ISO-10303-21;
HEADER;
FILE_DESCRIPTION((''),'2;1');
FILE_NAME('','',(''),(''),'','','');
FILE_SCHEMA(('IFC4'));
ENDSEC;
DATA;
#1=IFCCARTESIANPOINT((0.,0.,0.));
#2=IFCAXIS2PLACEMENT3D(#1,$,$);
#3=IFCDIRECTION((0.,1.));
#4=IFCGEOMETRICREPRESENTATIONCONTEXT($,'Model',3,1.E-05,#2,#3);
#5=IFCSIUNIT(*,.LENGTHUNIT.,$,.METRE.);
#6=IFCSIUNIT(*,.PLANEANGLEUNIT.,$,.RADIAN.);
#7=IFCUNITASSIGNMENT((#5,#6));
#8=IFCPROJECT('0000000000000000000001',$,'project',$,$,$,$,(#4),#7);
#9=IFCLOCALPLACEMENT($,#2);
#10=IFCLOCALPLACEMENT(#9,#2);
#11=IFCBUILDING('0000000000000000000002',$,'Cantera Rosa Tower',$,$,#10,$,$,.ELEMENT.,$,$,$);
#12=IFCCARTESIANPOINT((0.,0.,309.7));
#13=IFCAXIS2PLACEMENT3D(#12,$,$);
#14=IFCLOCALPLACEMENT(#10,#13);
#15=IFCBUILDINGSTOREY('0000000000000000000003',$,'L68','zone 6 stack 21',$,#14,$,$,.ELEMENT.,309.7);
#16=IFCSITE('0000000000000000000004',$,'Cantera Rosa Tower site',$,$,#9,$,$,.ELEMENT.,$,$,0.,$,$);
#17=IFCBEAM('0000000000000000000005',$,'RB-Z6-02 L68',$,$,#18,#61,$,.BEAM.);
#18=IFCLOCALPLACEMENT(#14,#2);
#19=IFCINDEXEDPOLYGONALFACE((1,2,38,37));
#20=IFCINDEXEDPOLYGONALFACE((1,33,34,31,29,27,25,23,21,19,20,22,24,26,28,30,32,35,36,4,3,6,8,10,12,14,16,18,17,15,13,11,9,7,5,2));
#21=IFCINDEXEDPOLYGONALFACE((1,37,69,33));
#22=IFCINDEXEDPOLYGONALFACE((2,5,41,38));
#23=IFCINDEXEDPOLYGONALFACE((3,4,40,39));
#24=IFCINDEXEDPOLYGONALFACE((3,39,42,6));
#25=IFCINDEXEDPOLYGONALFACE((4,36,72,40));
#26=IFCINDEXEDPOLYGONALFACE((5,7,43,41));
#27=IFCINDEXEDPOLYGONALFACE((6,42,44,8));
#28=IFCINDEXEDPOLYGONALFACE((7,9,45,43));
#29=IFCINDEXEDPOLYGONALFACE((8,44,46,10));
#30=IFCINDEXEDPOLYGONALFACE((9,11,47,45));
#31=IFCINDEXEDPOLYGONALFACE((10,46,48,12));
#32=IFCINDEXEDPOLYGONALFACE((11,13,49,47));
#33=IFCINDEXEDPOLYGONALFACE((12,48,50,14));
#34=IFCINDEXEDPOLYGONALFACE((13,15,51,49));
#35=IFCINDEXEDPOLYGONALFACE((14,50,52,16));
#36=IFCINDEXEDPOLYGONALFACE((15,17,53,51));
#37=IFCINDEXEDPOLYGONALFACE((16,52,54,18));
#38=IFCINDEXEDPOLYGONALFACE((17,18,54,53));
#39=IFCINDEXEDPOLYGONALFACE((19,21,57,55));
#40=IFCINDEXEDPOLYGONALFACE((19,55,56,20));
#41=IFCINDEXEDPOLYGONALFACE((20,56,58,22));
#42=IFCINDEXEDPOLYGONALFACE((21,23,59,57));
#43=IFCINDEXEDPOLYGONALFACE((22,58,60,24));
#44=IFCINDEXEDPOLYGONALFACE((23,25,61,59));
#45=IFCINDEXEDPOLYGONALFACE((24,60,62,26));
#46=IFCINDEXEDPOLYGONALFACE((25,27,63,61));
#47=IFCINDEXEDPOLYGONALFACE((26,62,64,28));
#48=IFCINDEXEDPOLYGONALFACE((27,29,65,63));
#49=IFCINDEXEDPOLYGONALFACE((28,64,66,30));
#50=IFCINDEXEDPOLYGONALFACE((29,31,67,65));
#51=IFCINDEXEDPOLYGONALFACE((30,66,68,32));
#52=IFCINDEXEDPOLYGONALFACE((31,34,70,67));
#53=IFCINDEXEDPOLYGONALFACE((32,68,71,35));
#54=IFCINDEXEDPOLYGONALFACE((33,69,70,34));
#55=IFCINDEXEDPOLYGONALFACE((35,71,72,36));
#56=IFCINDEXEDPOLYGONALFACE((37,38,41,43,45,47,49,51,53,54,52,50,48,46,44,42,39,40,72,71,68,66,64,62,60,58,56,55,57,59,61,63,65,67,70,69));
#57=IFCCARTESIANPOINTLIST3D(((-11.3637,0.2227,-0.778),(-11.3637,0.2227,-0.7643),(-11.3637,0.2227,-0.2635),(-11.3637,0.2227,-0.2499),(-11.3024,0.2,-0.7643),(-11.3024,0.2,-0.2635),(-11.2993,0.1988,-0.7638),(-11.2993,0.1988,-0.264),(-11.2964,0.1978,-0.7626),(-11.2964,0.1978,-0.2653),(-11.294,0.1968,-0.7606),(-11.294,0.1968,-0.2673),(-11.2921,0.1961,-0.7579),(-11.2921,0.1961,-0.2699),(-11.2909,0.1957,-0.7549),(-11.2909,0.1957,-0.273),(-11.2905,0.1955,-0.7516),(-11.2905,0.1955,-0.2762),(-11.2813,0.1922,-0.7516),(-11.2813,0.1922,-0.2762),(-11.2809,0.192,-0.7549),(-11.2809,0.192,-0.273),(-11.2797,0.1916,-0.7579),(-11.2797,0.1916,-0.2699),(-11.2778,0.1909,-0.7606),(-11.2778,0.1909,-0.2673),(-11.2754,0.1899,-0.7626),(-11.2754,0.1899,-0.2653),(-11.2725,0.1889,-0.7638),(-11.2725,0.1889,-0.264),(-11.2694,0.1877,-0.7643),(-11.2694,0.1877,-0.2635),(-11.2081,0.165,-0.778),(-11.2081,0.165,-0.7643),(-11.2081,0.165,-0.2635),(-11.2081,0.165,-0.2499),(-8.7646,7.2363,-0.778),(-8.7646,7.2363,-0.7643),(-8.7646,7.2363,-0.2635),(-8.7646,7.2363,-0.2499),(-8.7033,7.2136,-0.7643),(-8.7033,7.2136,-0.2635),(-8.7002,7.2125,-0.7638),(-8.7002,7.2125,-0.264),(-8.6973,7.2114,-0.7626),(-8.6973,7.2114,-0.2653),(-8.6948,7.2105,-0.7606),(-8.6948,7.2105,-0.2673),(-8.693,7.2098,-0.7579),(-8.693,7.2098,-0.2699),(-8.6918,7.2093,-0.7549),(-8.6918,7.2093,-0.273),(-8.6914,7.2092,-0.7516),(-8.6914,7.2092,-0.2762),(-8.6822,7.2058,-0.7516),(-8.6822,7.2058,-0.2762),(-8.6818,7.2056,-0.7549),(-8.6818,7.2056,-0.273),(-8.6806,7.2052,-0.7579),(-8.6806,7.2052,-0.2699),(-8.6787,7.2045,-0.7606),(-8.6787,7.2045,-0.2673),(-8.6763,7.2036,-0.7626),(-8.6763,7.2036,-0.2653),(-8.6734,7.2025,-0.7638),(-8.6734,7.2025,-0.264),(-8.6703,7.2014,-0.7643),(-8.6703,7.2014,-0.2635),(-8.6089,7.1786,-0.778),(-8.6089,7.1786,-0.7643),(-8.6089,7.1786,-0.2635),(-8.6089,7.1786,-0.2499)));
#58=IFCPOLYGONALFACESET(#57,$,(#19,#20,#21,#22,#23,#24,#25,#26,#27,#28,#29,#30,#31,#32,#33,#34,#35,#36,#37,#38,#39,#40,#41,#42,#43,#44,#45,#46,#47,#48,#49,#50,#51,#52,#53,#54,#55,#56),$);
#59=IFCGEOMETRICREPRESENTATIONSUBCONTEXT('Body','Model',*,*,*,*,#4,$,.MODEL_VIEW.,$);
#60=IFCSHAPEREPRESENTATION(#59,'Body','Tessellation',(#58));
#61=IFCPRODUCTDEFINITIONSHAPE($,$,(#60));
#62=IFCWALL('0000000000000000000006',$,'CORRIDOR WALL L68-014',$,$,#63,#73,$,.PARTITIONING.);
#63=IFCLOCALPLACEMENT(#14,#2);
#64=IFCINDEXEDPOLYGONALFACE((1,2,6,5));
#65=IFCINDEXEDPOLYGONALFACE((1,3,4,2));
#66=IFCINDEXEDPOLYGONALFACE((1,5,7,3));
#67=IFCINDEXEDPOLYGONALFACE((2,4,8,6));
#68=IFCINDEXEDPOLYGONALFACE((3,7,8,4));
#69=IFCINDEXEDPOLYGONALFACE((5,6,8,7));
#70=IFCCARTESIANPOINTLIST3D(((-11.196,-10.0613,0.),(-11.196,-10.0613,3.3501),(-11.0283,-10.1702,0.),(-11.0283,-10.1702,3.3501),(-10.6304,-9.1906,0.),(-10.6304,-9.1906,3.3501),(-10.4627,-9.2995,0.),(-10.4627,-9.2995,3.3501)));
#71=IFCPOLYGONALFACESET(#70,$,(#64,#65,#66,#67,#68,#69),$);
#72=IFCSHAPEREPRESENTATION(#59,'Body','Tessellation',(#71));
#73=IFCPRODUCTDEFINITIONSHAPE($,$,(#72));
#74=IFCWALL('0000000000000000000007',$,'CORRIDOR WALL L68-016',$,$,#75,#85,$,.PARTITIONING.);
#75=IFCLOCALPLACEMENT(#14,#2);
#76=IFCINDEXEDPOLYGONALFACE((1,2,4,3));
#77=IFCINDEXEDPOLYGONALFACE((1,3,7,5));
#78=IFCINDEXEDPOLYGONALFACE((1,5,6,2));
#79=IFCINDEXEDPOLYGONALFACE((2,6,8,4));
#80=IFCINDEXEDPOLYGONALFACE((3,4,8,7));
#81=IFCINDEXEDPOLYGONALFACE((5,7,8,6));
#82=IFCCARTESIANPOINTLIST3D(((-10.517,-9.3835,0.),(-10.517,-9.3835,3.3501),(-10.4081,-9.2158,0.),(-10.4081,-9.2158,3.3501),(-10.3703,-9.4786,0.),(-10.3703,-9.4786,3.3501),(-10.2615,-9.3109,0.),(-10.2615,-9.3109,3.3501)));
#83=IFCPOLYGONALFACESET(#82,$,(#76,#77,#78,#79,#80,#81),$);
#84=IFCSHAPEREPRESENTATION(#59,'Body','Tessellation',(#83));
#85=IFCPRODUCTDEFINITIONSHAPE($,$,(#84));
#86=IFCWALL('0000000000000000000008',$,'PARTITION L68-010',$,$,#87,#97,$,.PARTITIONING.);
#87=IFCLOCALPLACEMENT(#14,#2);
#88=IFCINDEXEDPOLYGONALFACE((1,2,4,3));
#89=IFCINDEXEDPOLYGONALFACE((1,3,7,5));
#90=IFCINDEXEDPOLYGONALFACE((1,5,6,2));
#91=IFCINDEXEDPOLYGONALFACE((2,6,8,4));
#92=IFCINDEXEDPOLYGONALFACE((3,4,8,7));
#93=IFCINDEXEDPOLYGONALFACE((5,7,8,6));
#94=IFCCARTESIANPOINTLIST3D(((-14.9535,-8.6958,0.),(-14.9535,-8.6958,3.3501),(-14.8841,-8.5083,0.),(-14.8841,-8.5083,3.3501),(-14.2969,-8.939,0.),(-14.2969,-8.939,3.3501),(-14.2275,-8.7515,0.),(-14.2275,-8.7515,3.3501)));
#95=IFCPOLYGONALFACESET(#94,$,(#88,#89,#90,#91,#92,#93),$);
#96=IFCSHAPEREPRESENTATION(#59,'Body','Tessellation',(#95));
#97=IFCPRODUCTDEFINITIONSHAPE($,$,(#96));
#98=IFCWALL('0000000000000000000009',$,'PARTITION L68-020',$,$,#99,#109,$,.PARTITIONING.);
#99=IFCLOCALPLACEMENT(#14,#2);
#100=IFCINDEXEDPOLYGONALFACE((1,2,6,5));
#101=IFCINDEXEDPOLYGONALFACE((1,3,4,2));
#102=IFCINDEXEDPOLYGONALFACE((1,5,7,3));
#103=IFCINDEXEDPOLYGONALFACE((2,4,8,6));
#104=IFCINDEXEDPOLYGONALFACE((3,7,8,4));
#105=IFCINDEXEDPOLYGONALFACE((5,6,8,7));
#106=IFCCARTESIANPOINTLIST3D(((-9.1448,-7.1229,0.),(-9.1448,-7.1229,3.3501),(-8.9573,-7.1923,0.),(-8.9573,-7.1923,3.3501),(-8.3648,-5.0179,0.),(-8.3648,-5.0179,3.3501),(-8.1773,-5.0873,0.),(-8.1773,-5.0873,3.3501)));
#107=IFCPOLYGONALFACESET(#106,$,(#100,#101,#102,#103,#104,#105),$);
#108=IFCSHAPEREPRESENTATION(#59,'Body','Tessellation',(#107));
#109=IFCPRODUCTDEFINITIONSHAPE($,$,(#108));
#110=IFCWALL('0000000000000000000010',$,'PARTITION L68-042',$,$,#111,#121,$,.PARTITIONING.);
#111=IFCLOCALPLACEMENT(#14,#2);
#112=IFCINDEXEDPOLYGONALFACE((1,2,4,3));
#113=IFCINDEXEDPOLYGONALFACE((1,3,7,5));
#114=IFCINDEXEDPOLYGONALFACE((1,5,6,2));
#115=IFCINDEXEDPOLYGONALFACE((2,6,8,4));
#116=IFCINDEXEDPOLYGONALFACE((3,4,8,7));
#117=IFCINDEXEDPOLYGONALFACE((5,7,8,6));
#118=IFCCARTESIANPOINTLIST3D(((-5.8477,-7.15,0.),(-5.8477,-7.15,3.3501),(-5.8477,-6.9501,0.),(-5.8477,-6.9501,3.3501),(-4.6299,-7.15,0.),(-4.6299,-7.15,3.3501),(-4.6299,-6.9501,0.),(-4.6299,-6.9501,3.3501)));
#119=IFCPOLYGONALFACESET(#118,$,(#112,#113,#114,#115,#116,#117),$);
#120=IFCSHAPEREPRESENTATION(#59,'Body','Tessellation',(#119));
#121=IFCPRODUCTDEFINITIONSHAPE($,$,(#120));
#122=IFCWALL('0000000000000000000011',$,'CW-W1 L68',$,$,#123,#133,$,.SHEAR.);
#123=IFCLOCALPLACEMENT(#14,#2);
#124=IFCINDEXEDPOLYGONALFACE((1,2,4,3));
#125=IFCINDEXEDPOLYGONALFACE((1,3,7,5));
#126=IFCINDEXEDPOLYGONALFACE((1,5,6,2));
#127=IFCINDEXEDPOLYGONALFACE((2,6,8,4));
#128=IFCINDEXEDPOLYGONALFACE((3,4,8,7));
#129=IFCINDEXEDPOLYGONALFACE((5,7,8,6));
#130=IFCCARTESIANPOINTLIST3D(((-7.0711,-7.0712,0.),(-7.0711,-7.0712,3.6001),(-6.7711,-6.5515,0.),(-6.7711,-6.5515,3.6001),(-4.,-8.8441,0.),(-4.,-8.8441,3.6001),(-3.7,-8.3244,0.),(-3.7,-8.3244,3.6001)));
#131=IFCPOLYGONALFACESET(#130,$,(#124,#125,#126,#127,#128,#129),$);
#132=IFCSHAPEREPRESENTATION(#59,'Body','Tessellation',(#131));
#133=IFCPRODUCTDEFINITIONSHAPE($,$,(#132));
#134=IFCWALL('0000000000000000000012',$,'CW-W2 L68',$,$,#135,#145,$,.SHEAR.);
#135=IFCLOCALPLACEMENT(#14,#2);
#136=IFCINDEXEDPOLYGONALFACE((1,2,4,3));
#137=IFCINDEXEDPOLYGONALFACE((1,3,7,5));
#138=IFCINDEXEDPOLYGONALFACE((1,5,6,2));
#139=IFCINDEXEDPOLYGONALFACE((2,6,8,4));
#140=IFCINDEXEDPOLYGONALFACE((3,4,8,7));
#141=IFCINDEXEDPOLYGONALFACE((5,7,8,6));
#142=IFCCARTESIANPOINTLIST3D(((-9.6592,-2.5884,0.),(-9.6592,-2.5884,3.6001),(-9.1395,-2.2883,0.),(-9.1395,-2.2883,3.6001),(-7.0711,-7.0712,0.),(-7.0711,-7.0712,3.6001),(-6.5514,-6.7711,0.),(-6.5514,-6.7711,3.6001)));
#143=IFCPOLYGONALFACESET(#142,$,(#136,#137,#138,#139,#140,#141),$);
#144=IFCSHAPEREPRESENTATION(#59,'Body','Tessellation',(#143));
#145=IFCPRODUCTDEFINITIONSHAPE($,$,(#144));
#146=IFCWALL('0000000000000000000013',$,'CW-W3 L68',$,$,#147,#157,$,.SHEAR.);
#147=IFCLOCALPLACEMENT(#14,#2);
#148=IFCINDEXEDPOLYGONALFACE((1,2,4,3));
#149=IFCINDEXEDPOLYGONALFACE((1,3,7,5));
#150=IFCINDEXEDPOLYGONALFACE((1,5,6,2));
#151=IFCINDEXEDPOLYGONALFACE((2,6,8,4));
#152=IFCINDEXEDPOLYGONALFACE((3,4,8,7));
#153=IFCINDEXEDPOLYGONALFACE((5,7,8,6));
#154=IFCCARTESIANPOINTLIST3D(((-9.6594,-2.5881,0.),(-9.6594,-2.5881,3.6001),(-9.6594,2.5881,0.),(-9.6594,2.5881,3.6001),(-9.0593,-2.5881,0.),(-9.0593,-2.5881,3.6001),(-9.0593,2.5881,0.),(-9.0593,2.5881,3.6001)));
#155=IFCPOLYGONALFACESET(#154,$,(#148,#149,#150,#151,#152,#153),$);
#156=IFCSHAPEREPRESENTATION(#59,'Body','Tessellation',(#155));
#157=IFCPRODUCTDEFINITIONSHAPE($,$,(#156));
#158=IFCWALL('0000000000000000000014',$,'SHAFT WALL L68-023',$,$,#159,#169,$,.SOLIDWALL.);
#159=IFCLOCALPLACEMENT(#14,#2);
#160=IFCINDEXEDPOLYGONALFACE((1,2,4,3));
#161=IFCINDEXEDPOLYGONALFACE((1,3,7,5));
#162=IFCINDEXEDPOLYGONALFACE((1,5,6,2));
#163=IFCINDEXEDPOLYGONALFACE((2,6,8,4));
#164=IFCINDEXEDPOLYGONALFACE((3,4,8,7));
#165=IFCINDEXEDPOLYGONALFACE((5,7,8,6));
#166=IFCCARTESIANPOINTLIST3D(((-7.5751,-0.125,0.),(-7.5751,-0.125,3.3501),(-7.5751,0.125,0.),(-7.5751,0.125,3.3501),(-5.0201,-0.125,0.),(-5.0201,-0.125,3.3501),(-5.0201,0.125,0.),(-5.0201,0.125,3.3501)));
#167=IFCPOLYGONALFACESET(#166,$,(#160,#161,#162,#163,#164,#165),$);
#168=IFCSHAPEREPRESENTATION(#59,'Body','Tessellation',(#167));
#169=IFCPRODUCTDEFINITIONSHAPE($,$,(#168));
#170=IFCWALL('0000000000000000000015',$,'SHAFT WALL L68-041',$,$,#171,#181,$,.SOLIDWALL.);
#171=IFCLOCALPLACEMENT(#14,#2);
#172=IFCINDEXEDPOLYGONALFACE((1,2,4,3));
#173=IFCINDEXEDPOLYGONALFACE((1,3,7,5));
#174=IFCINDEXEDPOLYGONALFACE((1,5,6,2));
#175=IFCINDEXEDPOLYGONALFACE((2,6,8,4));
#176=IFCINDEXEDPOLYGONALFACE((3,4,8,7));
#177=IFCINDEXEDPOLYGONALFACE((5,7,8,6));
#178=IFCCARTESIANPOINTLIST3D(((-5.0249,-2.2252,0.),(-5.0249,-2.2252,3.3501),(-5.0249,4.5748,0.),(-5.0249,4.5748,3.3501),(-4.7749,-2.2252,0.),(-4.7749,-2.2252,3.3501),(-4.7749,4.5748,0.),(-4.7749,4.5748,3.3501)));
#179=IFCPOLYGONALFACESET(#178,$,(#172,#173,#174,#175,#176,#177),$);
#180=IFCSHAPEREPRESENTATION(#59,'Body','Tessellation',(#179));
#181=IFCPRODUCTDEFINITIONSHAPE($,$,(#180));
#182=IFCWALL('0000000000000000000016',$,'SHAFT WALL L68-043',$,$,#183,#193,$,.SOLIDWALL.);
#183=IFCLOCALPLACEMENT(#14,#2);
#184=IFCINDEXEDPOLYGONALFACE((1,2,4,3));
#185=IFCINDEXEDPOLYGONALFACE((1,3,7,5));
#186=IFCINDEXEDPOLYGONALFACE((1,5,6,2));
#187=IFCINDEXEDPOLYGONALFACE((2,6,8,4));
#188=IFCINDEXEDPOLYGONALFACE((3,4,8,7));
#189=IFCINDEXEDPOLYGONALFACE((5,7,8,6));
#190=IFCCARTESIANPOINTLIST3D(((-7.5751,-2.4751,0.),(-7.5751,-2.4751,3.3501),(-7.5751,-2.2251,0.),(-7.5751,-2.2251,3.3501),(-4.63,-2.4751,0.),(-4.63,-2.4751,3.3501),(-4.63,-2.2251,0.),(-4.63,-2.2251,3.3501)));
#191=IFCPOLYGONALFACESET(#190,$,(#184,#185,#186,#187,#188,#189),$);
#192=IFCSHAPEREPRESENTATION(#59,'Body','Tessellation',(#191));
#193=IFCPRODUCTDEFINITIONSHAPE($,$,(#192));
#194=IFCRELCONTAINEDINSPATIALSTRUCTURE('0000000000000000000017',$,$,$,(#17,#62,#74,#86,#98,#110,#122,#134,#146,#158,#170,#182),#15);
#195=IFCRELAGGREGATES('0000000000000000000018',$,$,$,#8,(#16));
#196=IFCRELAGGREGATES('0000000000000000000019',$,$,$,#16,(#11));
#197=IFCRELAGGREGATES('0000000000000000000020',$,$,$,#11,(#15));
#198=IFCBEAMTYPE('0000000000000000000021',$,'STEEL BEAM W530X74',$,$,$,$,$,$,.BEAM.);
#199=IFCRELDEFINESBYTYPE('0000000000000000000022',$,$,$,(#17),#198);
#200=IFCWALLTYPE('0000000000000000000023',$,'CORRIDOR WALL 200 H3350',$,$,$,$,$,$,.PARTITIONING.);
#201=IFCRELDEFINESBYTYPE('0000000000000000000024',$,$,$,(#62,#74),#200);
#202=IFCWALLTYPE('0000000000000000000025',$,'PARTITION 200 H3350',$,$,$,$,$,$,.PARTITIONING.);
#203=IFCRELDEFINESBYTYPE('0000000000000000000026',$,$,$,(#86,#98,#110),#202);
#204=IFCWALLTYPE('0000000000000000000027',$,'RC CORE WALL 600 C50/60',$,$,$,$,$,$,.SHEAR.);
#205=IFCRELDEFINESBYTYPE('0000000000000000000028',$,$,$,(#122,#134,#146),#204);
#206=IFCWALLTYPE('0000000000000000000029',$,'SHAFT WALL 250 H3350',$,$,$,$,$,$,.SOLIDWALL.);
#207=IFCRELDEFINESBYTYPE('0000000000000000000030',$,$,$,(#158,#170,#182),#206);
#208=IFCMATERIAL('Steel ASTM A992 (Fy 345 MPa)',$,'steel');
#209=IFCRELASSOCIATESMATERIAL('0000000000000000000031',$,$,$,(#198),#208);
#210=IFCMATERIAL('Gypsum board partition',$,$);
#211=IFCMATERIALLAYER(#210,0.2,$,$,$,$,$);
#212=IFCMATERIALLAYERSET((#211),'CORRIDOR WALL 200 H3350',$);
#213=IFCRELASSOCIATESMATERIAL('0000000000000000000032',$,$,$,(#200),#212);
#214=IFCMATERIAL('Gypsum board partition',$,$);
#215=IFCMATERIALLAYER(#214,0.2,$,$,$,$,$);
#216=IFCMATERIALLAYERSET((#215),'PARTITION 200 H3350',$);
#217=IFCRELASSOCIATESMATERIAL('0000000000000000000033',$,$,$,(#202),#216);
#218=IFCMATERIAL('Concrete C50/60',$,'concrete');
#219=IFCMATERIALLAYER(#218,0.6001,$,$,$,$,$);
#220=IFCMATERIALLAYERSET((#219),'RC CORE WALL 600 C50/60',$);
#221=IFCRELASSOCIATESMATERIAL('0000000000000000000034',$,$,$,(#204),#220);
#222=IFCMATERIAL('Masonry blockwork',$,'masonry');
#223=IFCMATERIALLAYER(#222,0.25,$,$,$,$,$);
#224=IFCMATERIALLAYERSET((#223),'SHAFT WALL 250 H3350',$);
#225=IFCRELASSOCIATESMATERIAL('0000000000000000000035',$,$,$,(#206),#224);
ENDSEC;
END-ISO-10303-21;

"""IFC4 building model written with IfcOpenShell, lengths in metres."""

from ifc_helpers import new_model, si_unit, direction, frame, frame_2d, origin, origin_2d, place, context, subcontext, project, spatial, rectangle, i_section, extrude, material, layer, layer_set, material_profile, profile_set, type_object, element, save


model = new_model("IFC4")

# Units and contexts
model_context = context("Model", 3, precision=1e-05, world=origin(), true_north=direction((0.0, 1.0)))
body_context = subcontext(model_context, "Body", "Model", "MODEL_VIEW")
ifc_project = project(units=[si_unit("LENGTHUNIT", "METRE"), si_unit("PLANEANGLEUNIT", "RADIAN")], contexts=[model_context])

# Site, building, storey
site_placement = place(None, origin())
site = spatial("IfcSite", under=ifc_project, at=site_placement, Name="Cantera Rosa Tower site", CompositionType="ELEMENT", RefElevation=0.0)
building_placement = place(site_placement, origin())
building = spatial("IfcBuilding", under=site, at=building_placement, Name="Cantera Rosa Tower", CompositionType="ELEMENT")
storey_placement = place(building_placement, frame((0.0, 0.0, 309.7)))
storey = spatial("IfcBuildingStorey", under=building, at=storey_placement, Name="L68", Description="zone 6 stack 21", CompositionType="ELEMENT", Elevation=309.7)

# Beam
ifc_material_1 = material(Name="Steel ASTM A992 (Fy 345 MPa)", Category="steel")
ifc_material_profile = material_profile(ifc_material_1, i_section(OverallWidth=0.166, OverallDepth=0.5281, WebThickness=0.0098, FlangeThickness=0.0137, FilletRadius=0.0127, at=origin_2d()), Name="W530X74")
ifc_profile_set = profile_set([ifc_material_profile], Name="Steel ASTM A992 (Fy 345 MPa)")
beam_type = type_object("IfcBeamType", Name="STEEL BEAM W530X74", PredefinedType="BEAM", material=ifc_profile_set)
beam_placement = place(storey_placement, frame((-11.2859, 0.1938, -0.5139), z_axis=(0.347487, 0.937685, 0.0), x_axis=(-0.937685, 0.347487, 0.0)))
element("IfcBeam", 1, at=beam_placement, inside=storey, type_object=beam_type, Name="RB-Z6-02 L68", PredefinedType="BEAM", context=body_context, shape_type="SweptSolid", body=[
    extrude(i_section(OverallWidth=0.166, OverallDepth=0.5281, WebThickness=0.0098, FlangeThickness=0.0137, FilletRadius=0.0127, at=origin_2d()), origin(), (0.0, 0.0, 1.0), 7.4797),
])

# Walls
ifc_material_2 = material(Name="Gypsum board partition")
ifc_layer_1 = layer(ifc_material_2, 0.2)
ifc_layer_set_1 = layer_set([ifc_layer_1], Name="CORRIDOR WALL 200 H3350")
wall_type_1 = type_object("IfcWallType", Name="CORRIDOR WALL 200 H3350", PredefinedType="PARTITIONING", material=ifc_layer_set_1)
wall_1_placement = place(storey_placement, frame((-10.5466, -9.2451, 0.0), z_axis=(0.0, 0.0, 1.0), x_axis=(-0.544732, -0.83861, 0.0)))
element("IfcWall", 2, at=wall_1_placement, inside=storey, type_object=wall_type_1, Name="CORRIDOR WALL L68-014", PredefinedType="PARTITIONING", context=body_context, shape_type="SweptSolid", body=[
    extrude(rectangle(XDim=1.0383, YDim=0.2, at=frame_2d((0.519, 0.0))), origin(), (0.0, 0.0, 1.0), 3.3501),
])
wall_2_placement = place(storey_placement, frame((-10.3159, -9.3948, 0.0), z_axis=(0.0, 0.0, 1.0), x_axis=(-0.838858, 0.54435, 0.0)))
element("IfcWall", 3, at=wall_2_placement, inside=storey, type_object=wall_type_1, Name="CORRIDOR WALL L68-016", PredefinedType="PARTITIONING", context=body_context, shape_type="SweptSolid", body=[
    extrude(rectangle(XDim=0.1748, YDim=0.2, at=frame_2d((0.0874, 0.0))), origin(), (0.0, 0.0, 1.0), 3.3501),
])
ifc_material_3 = material(Name="Gypsum board partition")
ifc_layer_2 = layer(ifc_material_3, 0.2)
ifc_layer_set_2 = layer_set([ifc_layer_2], Name="PARTITION 200 H3350")
wall_type_2 = type_object("IfcWallType", Name="PARTITION 200 H3350", PredefinedType="PARTITIONING", material=ifc_layer_set_2)
wall_3_placement = place(storey_placement, frame((-14.2622, -8.8452, 0.0), z_axis=(0.0, 0.0, 1.0), x_axis=(-0.93774, 0.347337, 0.0)))
element("IfcWall", 4, at=wall_3_placement, inside=storey, type_object=wall_type_2, Name="PARTITION L68-010", PredefinedType="PARTITIONING", context=body_context, shape_type="SweptSolid", body=[
    extrude(rectangle(XDim=0.7002, YDim=0.2, at=frame_2d((0.3501, 0.0))), origin(), (0.0, 0.0, 1.0), 3.3501),
])
wall_4_placement = place(storey_placement, frame((-8.271, -5.0525, 0.0), z_axis=(0.0, 0.0, 1.0), x_axis=(-0.347474, -0.93769, 0.0)))
element("IfcWall", 5, at=wall_4_placement, inside=storey, type_object=wall_type_2, Name="PARTITION L68-020", PredefinedType="PARTITIONING", context=body_context, shape_type="SweptSolid", body=[
    extrude(rectangle(XDim=2.2449, YDim=0.2, at=frame_2d((1.1226, 0.0))), origin(), (0.0, 0.0, 1.0), 3.3501),
])
wall_5_placement = place(storey_placement, frame((-4.6299, -7.05, 0.0), z_axis=(0.0, 0.0, 1.0), x_axis=(-1.0, 0.0, 0.0)))
element("IfcWall", 6, at=wall_5_placement, inside=storey, type_object=wall_type_2, Name="PARTITION L68-042", PredefinedType="PARTITIONING", context=body_context, shape_type="SweptSolid", body=[
    extrude(rectangle(XDim=1.2178, YDim=0.2, at=frame_2d((0.6089, 0.0))), origin(), (0.0, 0.0, 1.0), 3.3501),
])
ifc_material_4 = material(Name="Concrete C50/60", Category="concrete")
ifc_layer_3 = layer(ifc_material_4, 0.6001)
ifc_layer_set_3 = layer_set([ifc_layer_3], Name="RC CORE WALL 600 C50/60")
wall_type_3 = type_object("IfcWallType", Name="RC CORE WALL 600 C50/60", PredefinedType="SHEAR", material=ifc_layer_set_3)
wall_6_placement = place(storey_placement, frame((-3.8501, -8.5842, 0.0), z_axis=(0.0, 0.0, 1.0), x_axis=(-0.86604, 0.499975, 0.0)))
element("IfcWall", 7, at=wall_6_placement, inside=storey, type_object=wall_type_3, Name="CW-W1 L68", PredefinedType="SHEAR", context=body_context, shape_type="SweptSolid", body=[
    extrude(rectangle(XDim=3.5461, YDim=0.6001, at=frame_2d((1.7729, 0.0))), origin(), (0.0, 0.0, 1.0), 3.6001),
])
for number, where, z_axis, x_axis, name in (
    (8, (-6.8113, -6.9211, 0.0), (0.0, 0.0, 1.0), (-0.499989, 0.866032, 0.0), "CW-W2 L68"),
    (9, (-9.3594, -2.5881, 0.0), (0.0, 0.0, 1.0), (0.0, 1.0, 0.0), "CW-W3 L68"),
):
    element("IfcWall", number, at=place(storey_placement, frame(where, z_axis=z_axis, x_axis=x_axis)), inside=storey, type_object=wall_type_3, Name=name, PredefinedType="SHEAR", context=body_context, shape_type="SweptSolid", body=[
        extrude(rectangle(XDim=5.1763, YDim=0.6001, at=frame_2d((2.5881, 0.0))), origin(), (0.0, 0.0, 1.0), 3.6001),
    ])
ifc_material_5 = material(Name="Masonry blockwork", Category="masonry")
ifc_layer_4 = layer(ifc_material_5, 0.25)
ifc_layer_set_4 = layer_set([ifc_layer_4], Name="SHAFT WALL 250 H3350")
wall_type_4 = type_object("IfcWallType", Name="SHAFT WALL 250 H3350", PredefinedType="SOLIDWALL", material=ifc_layer_set_4)
wall_7_placement = place(storey_placement, frame((-7.575, 0.0, 0.0), z_axis=(0.0, 0.0, 1.0), x_axis=(1.0, 0.0, 0.0)))
element("IfcWall", 10, at=wall_7_placement, inside=storey, type_object=wall_type_4, Name="SHAFT WALL L68-023", PredefinedType="SOLIDWALL", context=body_context, shape_type="SweptSolid", body=[
    extrude(rectangle(XDim=2.5549, YDim=0.25, at=frame_2d((1.2773, 0.0))), origin(), (0.0, 0.0, 1.0), 3.3501),
])
wall_8_placement = place(storey_placement, frame((-4.8999, -2.2251, 0.0), z_axis=(0.0, 0.0, 1.0), x_axis=(0.0, 1.0, 0.0)))
element("IfcWall", 11, at=wall_8_placement, inside=storey, type_object=wall_type_4, Name="SHAFT WALL L68-041", PredefinedType="SOLIDWALL", context=body_context, shape_type="SweptSolid", body=[
    extrude(rectangle(XDim=6.8, YDim=0.25, at=frame_2d((3.3999, 0.0))), origin(), (0.0, 0.0, 1.0), 3.3501),
])
wall_9_placement = place(storey_placement, frame((-4.6299, -2.3501, 0.0), z_axis=(0.0, 0.0, 1.0), x_axis=(-1.0, 0.0, 0.0)))
element("IfcWall", 12, at=wall_9_placement, inside=storey, type_object=wall_type_4, Name="SHAFT WALL L68-043", PredefinedType="SOLIDWALL", context=body_context, shape_type="SweptSolid", body=[
    extrude(rectangle(XDim=2.9451, YDim=0.25, at=frame_2d((1.4727, 0.0))), origin(), (0.0, 0.0, 1.0), 3.3501),
])

save(model, "model.ifc")
